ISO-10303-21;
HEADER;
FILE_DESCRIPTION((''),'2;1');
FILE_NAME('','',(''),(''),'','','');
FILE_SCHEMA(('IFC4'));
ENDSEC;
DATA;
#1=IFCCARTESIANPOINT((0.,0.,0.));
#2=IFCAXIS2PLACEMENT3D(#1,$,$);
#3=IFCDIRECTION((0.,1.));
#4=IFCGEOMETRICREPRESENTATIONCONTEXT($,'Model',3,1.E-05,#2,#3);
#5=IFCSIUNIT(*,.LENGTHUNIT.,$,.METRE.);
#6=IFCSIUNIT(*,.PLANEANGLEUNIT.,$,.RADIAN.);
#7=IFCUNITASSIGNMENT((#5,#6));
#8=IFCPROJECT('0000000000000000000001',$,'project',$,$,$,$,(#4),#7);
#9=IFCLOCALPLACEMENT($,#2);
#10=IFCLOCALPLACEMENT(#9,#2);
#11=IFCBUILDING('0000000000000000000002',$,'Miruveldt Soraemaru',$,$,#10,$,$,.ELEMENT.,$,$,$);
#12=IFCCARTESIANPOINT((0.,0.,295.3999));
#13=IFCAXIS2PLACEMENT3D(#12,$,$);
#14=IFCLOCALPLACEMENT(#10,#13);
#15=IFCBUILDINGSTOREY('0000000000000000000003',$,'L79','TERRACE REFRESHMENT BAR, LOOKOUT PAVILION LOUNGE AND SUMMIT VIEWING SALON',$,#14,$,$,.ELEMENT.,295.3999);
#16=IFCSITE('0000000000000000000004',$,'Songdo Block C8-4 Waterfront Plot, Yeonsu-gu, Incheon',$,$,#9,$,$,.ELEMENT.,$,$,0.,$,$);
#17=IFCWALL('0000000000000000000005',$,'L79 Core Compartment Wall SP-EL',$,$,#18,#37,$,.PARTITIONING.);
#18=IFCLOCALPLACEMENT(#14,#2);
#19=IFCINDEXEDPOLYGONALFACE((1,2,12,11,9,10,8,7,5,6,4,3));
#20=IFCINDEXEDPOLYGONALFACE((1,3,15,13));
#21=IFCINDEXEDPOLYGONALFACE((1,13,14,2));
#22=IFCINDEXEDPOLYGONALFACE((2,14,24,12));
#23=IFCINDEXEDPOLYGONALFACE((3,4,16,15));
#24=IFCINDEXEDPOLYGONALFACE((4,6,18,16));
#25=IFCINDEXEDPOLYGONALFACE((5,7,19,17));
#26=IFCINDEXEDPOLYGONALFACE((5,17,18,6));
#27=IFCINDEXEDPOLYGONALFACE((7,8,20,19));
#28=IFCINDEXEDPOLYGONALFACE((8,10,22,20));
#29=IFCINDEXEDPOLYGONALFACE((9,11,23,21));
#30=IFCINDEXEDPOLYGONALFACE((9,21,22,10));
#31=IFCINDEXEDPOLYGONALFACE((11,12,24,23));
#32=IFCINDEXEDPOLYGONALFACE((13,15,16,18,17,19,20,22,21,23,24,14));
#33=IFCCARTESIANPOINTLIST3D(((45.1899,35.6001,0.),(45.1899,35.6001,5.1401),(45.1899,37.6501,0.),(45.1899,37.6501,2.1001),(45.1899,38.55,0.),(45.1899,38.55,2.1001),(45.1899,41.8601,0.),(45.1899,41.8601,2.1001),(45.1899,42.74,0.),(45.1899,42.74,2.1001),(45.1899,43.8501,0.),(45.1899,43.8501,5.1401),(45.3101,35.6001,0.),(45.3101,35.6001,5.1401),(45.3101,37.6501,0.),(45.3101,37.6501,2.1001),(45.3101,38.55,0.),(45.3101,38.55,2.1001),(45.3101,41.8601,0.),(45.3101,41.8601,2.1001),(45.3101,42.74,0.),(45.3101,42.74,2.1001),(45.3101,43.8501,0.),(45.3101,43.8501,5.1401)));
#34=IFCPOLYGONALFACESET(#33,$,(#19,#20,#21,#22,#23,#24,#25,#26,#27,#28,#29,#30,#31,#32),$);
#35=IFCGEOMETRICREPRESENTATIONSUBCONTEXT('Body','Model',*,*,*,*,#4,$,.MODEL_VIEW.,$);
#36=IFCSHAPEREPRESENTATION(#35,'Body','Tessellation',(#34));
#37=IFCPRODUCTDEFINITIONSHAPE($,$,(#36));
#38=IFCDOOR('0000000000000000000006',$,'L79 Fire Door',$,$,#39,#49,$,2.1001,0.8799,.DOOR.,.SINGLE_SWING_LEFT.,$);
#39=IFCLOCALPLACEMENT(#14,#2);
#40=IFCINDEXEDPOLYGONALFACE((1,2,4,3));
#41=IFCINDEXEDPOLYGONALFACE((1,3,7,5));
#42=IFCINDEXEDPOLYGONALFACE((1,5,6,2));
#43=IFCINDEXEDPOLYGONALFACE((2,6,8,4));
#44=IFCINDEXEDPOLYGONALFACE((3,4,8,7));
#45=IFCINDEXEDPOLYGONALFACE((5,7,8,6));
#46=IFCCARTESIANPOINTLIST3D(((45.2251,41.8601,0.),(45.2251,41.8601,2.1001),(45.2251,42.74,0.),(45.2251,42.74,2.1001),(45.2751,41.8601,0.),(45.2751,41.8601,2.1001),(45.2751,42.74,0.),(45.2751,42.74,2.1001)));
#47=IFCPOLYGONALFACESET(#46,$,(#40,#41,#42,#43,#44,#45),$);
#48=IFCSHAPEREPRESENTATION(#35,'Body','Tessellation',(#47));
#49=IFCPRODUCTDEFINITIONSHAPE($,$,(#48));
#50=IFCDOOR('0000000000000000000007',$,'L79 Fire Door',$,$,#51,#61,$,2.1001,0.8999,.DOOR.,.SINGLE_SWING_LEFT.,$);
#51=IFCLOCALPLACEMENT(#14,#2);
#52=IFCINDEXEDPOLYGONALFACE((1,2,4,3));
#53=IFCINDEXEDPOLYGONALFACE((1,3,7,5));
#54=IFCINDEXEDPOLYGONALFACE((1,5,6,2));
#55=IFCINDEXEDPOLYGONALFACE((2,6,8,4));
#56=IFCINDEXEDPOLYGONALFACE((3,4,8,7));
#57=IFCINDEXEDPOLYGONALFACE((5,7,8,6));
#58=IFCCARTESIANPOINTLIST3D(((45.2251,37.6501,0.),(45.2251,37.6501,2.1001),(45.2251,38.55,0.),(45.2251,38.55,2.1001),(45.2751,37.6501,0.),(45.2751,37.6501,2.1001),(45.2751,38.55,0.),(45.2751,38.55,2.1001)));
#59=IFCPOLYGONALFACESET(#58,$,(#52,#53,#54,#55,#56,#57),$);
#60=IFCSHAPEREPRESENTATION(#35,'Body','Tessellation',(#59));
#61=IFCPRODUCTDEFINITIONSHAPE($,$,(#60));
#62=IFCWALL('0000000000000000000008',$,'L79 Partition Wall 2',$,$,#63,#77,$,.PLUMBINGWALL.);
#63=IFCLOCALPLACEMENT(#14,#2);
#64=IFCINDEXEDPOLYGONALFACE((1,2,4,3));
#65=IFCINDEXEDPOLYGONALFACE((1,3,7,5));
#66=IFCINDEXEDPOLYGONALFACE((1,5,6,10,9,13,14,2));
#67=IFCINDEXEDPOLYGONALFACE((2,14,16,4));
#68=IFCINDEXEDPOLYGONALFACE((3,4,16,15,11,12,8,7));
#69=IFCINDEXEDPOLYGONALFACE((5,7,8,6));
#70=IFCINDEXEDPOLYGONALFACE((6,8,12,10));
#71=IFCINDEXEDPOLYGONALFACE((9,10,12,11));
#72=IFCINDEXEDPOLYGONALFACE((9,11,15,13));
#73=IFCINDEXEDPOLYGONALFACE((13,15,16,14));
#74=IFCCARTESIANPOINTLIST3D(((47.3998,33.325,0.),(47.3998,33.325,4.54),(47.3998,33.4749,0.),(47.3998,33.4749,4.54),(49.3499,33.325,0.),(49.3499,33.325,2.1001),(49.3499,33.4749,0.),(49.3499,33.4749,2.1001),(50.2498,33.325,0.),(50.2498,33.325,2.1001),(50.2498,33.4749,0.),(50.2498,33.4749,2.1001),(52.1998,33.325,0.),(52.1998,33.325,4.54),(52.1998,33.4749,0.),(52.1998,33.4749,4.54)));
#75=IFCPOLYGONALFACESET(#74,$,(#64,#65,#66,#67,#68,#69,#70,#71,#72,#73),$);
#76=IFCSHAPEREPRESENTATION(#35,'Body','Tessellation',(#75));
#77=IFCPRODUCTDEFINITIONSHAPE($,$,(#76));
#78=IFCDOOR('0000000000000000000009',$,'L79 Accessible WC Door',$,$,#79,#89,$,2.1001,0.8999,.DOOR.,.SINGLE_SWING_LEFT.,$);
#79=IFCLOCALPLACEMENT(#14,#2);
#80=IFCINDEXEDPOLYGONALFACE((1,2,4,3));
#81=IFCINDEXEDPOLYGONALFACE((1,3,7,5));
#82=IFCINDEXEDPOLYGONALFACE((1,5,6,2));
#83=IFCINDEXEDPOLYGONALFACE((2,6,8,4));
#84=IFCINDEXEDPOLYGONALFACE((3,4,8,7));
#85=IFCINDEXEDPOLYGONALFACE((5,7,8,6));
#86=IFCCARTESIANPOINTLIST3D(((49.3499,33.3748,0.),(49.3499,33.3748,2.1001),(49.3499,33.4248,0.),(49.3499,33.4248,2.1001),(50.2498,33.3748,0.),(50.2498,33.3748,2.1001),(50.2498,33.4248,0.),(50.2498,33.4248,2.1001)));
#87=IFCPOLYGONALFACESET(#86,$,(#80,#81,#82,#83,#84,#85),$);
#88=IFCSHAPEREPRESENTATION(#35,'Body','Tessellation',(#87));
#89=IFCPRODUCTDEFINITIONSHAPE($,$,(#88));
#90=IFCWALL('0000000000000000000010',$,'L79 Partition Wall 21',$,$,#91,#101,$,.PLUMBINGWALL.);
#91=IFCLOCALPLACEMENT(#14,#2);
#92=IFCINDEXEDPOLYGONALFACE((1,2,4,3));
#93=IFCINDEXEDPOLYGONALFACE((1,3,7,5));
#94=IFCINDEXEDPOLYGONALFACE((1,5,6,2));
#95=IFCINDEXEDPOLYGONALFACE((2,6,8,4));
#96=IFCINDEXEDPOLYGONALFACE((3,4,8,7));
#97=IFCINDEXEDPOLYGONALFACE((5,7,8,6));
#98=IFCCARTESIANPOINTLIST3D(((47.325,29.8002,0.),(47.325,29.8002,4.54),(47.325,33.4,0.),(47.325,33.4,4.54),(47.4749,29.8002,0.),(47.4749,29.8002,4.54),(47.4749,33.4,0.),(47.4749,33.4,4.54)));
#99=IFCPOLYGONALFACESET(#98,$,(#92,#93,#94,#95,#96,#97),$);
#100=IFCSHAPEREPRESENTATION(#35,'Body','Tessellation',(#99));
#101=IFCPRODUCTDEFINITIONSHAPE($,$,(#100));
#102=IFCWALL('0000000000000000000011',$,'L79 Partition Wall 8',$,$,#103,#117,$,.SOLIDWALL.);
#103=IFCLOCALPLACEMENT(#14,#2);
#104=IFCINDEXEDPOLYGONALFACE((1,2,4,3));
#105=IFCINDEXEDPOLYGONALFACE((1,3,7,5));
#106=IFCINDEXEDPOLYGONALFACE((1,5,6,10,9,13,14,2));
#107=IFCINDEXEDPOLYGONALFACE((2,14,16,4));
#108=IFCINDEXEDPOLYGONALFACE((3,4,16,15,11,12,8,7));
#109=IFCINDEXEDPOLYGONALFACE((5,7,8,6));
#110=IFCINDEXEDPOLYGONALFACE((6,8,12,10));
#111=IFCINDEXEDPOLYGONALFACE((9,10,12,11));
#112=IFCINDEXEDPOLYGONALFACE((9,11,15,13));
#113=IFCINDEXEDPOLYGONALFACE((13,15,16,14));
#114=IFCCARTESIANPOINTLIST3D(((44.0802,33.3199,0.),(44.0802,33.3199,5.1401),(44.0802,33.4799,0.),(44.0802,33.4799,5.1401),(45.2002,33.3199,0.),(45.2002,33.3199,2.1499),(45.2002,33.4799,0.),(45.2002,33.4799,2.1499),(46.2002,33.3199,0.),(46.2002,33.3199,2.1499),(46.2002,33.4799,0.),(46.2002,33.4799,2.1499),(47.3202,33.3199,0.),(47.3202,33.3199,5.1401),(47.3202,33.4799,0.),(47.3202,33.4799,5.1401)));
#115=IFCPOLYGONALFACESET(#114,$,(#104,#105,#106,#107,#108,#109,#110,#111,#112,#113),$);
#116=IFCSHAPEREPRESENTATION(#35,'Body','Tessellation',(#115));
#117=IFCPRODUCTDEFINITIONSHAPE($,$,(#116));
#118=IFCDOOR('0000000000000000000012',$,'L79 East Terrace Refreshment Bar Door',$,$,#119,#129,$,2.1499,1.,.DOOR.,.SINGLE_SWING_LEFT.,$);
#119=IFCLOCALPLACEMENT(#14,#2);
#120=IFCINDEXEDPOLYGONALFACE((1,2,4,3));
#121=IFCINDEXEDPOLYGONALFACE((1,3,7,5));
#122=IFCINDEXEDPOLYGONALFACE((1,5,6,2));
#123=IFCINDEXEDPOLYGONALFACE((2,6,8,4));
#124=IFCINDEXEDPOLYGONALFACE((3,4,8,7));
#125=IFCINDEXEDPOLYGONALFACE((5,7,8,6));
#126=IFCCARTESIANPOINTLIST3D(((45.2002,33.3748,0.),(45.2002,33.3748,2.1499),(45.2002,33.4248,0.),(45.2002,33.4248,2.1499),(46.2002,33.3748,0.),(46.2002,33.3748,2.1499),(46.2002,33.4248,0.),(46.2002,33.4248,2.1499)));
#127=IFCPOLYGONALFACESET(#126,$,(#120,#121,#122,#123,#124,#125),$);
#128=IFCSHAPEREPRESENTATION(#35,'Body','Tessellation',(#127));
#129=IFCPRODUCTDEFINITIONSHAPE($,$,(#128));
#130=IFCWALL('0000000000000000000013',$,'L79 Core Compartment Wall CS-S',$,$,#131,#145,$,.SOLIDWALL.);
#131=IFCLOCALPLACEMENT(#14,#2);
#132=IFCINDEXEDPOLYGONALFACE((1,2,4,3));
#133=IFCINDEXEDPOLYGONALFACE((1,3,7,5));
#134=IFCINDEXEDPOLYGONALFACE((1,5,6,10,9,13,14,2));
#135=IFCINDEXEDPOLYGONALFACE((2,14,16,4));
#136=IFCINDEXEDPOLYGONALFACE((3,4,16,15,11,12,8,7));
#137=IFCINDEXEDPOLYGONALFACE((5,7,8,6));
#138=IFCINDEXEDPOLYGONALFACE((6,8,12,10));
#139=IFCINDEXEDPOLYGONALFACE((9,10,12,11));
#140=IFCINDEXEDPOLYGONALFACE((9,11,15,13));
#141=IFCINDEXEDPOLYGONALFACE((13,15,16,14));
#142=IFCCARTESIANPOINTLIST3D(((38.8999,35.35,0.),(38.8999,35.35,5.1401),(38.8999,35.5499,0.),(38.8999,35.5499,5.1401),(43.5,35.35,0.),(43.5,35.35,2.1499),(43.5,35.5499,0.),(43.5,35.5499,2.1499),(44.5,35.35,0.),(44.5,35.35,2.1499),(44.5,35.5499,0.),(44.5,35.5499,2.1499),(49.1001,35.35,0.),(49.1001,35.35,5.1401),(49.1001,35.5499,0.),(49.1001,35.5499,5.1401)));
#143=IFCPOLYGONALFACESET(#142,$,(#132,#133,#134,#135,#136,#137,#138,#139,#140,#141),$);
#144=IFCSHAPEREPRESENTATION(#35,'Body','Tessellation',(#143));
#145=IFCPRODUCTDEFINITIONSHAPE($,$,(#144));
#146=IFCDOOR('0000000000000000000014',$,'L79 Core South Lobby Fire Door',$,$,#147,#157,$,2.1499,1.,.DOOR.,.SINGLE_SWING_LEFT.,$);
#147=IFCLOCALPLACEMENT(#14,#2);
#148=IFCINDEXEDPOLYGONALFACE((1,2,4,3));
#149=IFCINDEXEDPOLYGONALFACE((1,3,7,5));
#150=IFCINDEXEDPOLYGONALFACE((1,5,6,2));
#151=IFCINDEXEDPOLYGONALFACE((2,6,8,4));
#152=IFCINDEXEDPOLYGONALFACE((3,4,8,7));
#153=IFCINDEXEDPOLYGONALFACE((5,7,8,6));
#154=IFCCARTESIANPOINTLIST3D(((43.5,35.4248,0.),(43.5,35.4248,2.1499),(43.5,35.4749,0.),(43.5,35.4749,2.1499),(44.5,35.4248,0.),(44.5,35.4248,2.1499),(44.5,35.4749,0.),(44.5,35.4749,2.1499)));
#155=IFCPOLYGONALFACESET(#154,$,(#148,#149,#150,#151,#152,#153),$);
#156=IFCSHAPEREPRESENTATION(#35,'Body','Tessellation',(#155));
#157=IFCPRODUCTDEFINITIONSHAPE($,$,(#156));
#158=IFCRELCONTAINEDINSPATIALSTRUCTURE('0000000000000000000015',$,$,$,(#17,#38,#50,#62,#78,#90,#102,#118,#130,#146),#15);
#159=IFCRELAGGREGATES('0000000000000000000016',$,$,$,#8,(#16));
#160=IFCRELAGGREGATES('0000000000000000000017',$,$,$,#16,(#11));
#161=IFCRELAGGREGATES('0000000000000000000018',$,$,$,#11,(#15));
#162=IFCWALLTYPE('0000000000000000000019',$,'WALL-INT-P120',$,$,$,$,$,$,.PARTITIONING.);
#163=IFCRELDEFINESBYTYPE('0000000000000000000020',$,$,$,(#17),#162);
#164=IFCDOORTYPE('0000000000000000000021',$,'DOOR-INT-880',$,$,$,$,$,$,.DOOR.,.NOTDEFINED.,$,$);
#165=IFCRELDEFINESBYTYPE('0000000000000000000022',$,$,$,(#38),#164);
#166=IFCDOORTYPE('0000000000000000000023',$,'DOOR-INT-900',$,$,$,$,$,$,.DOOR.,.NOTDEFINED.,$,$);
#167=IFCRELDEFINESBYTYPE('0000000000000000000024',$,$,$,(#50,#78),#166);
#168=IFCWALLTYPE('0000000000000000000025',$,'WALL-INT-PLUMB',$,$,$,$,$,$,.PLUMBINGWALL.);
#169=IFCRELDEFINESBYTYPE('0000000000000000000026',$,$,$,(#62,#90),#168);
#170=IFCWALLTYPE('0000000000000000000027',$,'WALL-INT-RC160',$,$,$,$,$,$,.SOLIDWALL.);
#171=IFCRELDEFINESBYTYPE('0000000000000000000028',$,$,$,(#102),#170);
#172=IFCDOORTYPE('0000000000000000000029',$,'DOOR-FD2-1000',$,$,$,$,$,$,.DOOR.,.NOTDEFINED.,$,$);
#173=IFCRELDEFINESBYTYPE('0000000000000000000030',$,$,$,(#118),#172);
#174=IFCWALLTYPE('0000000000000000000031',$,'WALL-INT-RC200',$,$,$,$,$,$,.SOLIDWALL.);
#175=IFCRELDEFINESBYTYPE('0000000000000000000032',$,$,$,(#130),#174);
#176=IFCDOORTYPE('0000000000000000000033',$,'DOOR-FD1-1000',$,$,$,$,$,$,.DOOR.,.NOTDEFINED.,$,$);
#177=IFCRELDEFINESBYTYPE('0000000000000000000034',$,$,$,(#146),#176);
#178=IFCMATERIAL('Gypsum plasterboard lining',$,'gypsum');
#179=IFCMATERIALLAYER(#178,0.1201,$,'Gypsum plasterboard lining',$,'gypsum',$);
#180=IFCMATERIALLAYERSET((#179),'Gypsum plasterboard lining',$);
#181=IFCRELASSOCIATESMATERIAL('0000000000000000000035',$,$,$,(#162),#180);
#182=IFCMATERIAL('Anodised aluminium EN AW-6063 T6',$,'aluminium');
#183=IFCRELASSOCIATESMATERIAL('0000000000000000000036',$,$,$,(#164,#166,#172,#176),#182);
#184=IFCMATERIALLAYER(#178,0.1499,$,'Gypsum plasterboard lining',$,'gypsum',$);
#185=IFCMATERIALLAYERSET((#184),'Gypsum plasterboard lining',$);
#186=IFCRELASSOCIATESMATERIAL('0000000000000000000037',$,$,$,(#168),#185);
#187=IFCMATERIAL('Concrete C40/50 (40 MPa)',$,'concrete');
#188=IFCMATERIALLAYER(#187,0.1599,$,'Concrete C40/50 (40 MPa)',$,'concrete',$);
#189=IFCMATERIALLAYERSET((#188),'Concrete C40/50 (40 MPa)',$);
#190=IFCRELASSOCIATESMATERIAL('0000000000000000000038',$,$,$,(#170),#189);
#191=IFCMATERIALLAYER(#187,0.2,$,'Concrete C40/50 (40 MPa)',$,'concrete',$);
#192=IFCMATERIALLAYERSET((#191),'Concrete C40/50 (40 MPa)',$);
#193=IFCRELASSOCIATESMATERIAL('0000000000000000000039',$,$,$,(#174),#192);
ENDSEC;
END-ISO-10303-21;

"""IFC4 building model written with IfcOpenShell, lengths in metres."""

from ifc_helpers import new_model, si_unit, direction, frame, frame_2d, origin, place, context, subcontext, project, spatial, rectangle, extrude, material, layer, layer_set, type_object, element, fill, save


model = new_model("IFC4")

# Units and contexts
model_context = context("Model", 3, precision=1e-05, world=origin(), true_north=direction((0.0, 1.0)))
body_context = subcontext(model_context, "Body", "Model", "MODEL_VIEW")
ifc_project = project(units=[si_unit("LENGTHUNIT", "METRE"), si_unit("PLANEANGLEUNIT", "RADIAN")], contexts=[model_context])

# Site, building, storey
site_placement = place(None, origin())
site = spatial("IfcSite", under=ifc_project, at=site_placement, Name="Songdo Block C8-4 Waterfront Plot, Yeonsu-gu, Incheon", CompositionType="ELEMENT", RefElevation=0.0)
building_placement = place(site_placement, origin())
building = spatial("IfcBuilding", under=site, at=building_placement, Name="Miruveldt Soraemaru", CompositionType="ELEMENT")
storey_placement = place(building_placement, frame((0.0, 0.0, 295.3999)))
storey = spatial("IfcBuildingStorey", under=building, at=storey_placement, Name="L79", Description="TERRACE REFRESHMENT BAR, LOOKOUT PAVILION LOUNGE AND SUMMIT VIEWING SALON", CompositionType="ELEMENT", Elevation=295.3999)

# Wall, openings, doors
ifc_material_1 = material(Name="Gypsum plasterboard lining", Category="gypsum")
ifc_layer_1 = layer(ifc_material_1, 0.1201, Name="Gypsum plasterboard lining", Category="gypsum")
ifc_layer_set_1 = layer_set([ifc_layer_1], Name="Gypsum plasterboard lining")
wall_type_1 = type_object("IfcWallType", Name="WALL-INT-P120", PredefinedType="PARTITIONING", material=ifc_layer_set_1)
ifc_material_2 = material(Name="Anodised aluminium EN AW-6063 T6", Category="aluminium")
door_type_1 = type_object("IfcDoorType", Name="DOOR-INT-880", OperationType="NOTDEFINED", PredefinedType="DOOR", material=ifc_material_2)
door_type_2 = type_object("IfcDoorType", Name="DOOR-INT-900", OperationType="NOTDEFINED", PredefinedType="DOOR", material=ifc_material_2)
wall_1_placement = place(storey_placement, frame((45.25, 35.6001, 0.0), z_axis=(0.0, 0.0, 1.0), x_axis=(0.0, 1.0, 0.0)))
wall_1 = element("IfcWall", 1, at=wall_1_placement, inside=storey, type_object=wall_type_1, Name="L79 Core Compartment Wall SP-EL", PredefinedType="PARTITIONING", context=body_context, shape_type="SweptSolid", body=[
    extrude(rectangle(XDim=8.25, YDim=0.1201, at=frame_2d((4.125, 0.0))), origin(), (0.0, 0.0, 1.0), 5.1401),
])
opening_1_placement = place(wall_1_placement, frame((2.05, 0.0, 0.0)))
opening_1 = element("IfcOpeningElement", 2, at=opening_1_placement, cuts=wall_1, PredefinedType="OPENING", context=body_context, shape_type="SweptSolid", body=[
    extrude(rectangle(XDim=0.8999, YDim=2.1001, at=frame_2d((0.45, 1.05))), frame((0.0, 0.0701, 0.0), z_axis=(0.0, -1.0, 0.0), x_axis=(1.0, 0.0, 0.0)), (0.0, 0.0, 1.0), 0.1401),
])
opening_2_placement = place(wall_1_placement, frame((6.26, 0.0, 0.0)))
opening_2 = element("IfcOpeningElement", 3, at=opening_2_placement, cuts=wall_1, PredefinedType="OPENING", context=body_context, shape_type="SweptSolid", body=[
    extrude(rectangle(XDim=0.8799, YDim=2.1001, at=frame_2d((0.4399, 1.05))), frame((0.0, 0.0701, 0.0), z_axis=(0.0, -1.0, 0.0), x_axis=(1.0, 0.0, 0.0)), (0.0, 0.0, 1.0), 0.1401),
])
door_1_placement = place(opening_2_placement, origin())
door_1 = element("IfcDoor", 4, at=door_1_placement, inside=storey, type_object=door_type_1, Name="L79 Fire Door", OperationType="SINGLE_SWING_LEFT", OverallHeight=2.1001, OverallWidth=0.8799, PredefinedType="DOOR", context=body_context, shape_type="SweptSolid", body=[
    extrude(rectangle(XDim=0.8799, YDim=2.1001, at=frame_2d((0.4399, 1.05))), frame((0.0, 0.0249, 0.0), z_axis=(0.0, -1.0, 0.0), x_axis=(1.0, 0.0, 0.0)), (0.0, 0.0, 1.0), 0.05),
])
fill(opening_2, door_1)
door_2_placement = place(opening_1_placement, origin())
door_2 = element("IfcDoor", 5, at=door_2_placement, inside=storey, type_object=door_type_2, Name="L79 Fire Door", OperationType="SINGLE_SWING_LEFT", OverallHeight=2.1001, OverallWidth=0.8999, PredefinedType="DOOR", context=body_context, shape_type="SweptSolid", body=[
    extrude(rectangle(XDim=0.8999, YDim=2.1001, at=frame_2d((0.45, 1.05))), frame((0.0, 0.0249, 0.0), z_axis=(0.0, -1.0, 0.0), x_axis=(1.0, 0.0, 0.0)), (0.0, 0.0, 1.0), 0.05),
])
fill(opening_1, door_2)

# Wall, opening, door
ifc_layer_2 = layer(ifc_material_1, 0.1499, Name="Gypsum plasterboard lining", Category="gypsum")
ifc_layer_set_2 = layer_set([ifc_layer_2], Name="Gypsum plasterboard lining")
wall_type_2 = type_object("IfcWallType", Name="WALL-INT-PLUMB", PredefinedType="PLUMBINGWALL", material=ifc_layer_set_2)
wall_2_placement = place(storey_placement, frame((47.3999, 33.3999, 0.0), z_axis=(0.0, 0.0, 1.0), x_axis=(1.0, 0.0, 0.0)))
wall_2 = element("IfcWall", 6, at=wall_2_placement, inside=storey, type_object=wall_type_2, Name="L79 Partition Wall 2", PredefinedType="PLUMBINGWALL", context=body_context, shape_type="SweptSolid", body=[
    extrude(rectangle(XDim=4.8, YDim=0.1499, at=frame_2d((2.3999, 0.0))), origin(), (0.0, 0.0, 1.0), 4.54),
])
opening_3_placement = place(wall_2_placement, frame((1.95, 0.0, 0.0)))
opening_3 = element("IfcOpeningElement", 7, at=opening_3_placement, cuts=wall_2, PredefinedType="OPENING", context=body_context, shape_type="SweptSolid", body=[
    extrude(rectangle(XDim=0.8999, YDim=2.1001, at=frame_2d((0.45, 1.05))), frame((0.0, 0.085, 0.0), z_axis=(0.0, -1.0, 0.0), x_axis=(1.0, 0.0, 0.0)), (0.0, 0.0, 1.0), 0.1699),
])
door_3_placement = place(opening_3_placement, origin())
door_3 = element("IfcDoor", 8, at=door_3_placement, inside=storey, type_object=door_type_2, Name="L79 Accessible WC Door", OperationType="SINGLE_SWING_LEFT", OverallHeight=2.1001, OverallWidth=0.8999, PredefinedType="DOOR", context=body_context, shape_type="SweptSolid", body=[
    extrude(rectangle(XDim=0.8999, YDim=2.1001, at=frame_2d((0.45, 1.05))), frame((0.0, 0.0249, 0.0), z_axis=(0.0, -1.0, 0.0), x_axis=(1.0, 0.0, 0.0)), (0.0, 0.0, 1.0), 0.05),
])
fill(opening_3, door_3)

# Wall
wall_3_placement = place(storey_placement, frame((47.3999, 33.3999, 0.0), z_axis=(0.0, 0.0, 1.0), x_axis=(0.0, -1.0, 0.0)))
element("IfcWall", 9, at=wall_3_placement, inside=storey, type_object=wall_type_2, Name="L79 Partition Wall 21", PredefinedType="PLUMBINGWALL", context=body_context, shape_type="SweptSolid", body=[
    extrude(rectangle(XDim=3.5999, YDim=0.1499, at=frame_2d((1.7998, 0.0))), origin(), (0.0, 0.0, 1.0), 4.54),
])

# Walls, openings, doors
ifc_material_3 = material(Name="Concrete C40/50 (40 MPa)", Category="concrete")
ifc_layer_3 = layer(ifc_material_3, 0.1599, Name="Concrete C40/50 (40 MPa)", Category="concrete")
ifc_layer_set_3 = layer_set([ifc_layer_3], Name="Concrete C40/50 (40 MPa)")
wall_type_3 = type_object("IfcWallType", Name="WALL-INT-RC160", PredefinedType="SOLIDWALL", material=ifc_layer_set_3)
wall_4_placement = place(storey_placement, frame((44.0801, 33.3999, 0.0), z_axis=(0.0, 0.0, 1.0), x_axis=(1.0, 0.0, 0.0)))
wall_4 = element("IfcWall", 10, at=wall_4_placement, inside=storey, type_object=wall_type_3, Name="L79 Partition Wall 8", PredefinedType="SOLIDWALL", context=body_context, shape_type="SweptSolid", body=[
    extrude(rectangle(XDim=3.24, YDim=0.1599, at=frame_2d((1.6201, 0.0))), origin(), (0.0, 0.0, 1.0), 5.1401),
])
opening_4_placement = place(wall_4_placement, frame((1.1201, 0.0, 0.0)))
opening_4 = element("IfcOpeningElement", 11, at=opening_4_placement, cuts=wall_4, PredefinedType="OPENING", context=body_context, shape_type="SweptSolid", body=[
    extrude(rectangle(XDim=1.0, YDim=2.1499, at=frame_2d((0.5, 1.075))), frame((0.0, 0.0898, 0.0), z_axis=(0.0, -1.0, 0.0), x_axis=(1.0, 0.0, 0.0)), (0.0, 0.0, 1.0), 0.1799),
])
door_type_3 = type_object("IfcDoorType", Name="DOOR-FD2-1000", OperationType="NOTDEFINED", PredefinedType="DOOR", material=ifc_material_2)
door_4_placement = place(opening_4_placement, origin())
door_4 = element("IfcDoor", 12, at=door_4_placement, inside=storey, type_object=door_type_3, Name="L79 East Terrace Refreshment Bar Door", OperationType="SINGLE_SWING_LEFT", OverallHeight=2.1499, OverallWidth=1.0, PredefinedType="DOOR", context=body_context, shape_type="SweptSolid", body=[
    extrude(rectangle(XDim=1.0, YDim=2.1499, at=frame_2d((0.5, 1.075))), frame((0.0, 0.0249, 0.0), z_axis=(0.0, -1.0, 0.0), x_axis=(1.0, 0.0, 0.0)), (0.0, 0.0, 1.0), 0.05),
])
fill(opening_4, door_4)
ifc_layer_4 = layer(ifc_material_3, 0.2, Name="Concrete C40/50 (40 MPa)", Category="concrete")
ifc_layer_set_4 = layer_set([ifc_layer_4], Name="Concrete C40/50 (40 MPa)")
wall_type_4 = type_object("IfcWallType", Name="WALL-INT-RC200", PredefinedType="SOLIDWALL", material=ifc_layer_set_4)
wall_5_placement = place(storey_placement, frame((38.8999, 35.45, 0.0), z_axis=(0.0, 0.0, 1.0), x_axis=(1.0, 0.0, 0.0)))
wall_5 = element("IfcWall", 13, at=wall_5_placement, inside=storey, type_object=wall_type_4, Name="L79 Core Compartment Wall CS-S", PredefinedType="SOLIDWALL", context=body_context, shape_type="SweptSolid", body=[
    extrude(rectangle(XDim=10.2002, YDim=0.2, at=frame_2d((5.1001, 0.0))), origin(), (0.0, 0.0, 1.0), 5.1401),
])
opening_5_placement = place(wall_5_placement, frame((4.6001, 0.0, 0.0)))
opening_5 = element("IfcOpeningElement", 14, at=opening_5_placement, cuts=wall_5, PredefinedType="OPENING", context=body_context, shape_type="SweptSolid", body=[
    extrude(rectangle(XDim=1.0, YDim=2.1499, at=frame_2d((0.5, 1.075))), frame((0.0, 0.1099, 0.0), z_axis=(0.0, -1.0, 0.0), x_axis=(1.0, 0.0, 0.0)), (0.0, 0.0, 1.0), 0.22),
])
door_type_4 = type_object("IfcDoorType", Name="DOOR-FD1-1000", OperationType="NOTDEFINED", PredefinedType="DOOR", material=ifc_material_2)
door_5_placement = place(opening_5_placement, origin())
door_5 = element("IfcDoor", 15, at=door_5_placement, inside=storey, type_object=door_type_4, Name="L79 Core South Lobby Fire Door", OperationType="SINGLE_SWING_LEFT", OverallHeight=2.1499, OverallWidth=1.0, PredefinedType="DOOR", context=body_context, shape_type="SweptSolid", body=[
    extrude(rectangle(XDim=1.0, YDim=2.1499, at=frame_2d((0.5, 1.075))), frame((0.0, 0.0249, 0.0), z_axis=(0.0, -1.0, 0.0), x_axis=(1.0, 0.0, 0.0)), (0.0, 0.0, 1.0), 0.05),
])
fill(opening_5, door_5)

save(model, "model.ifc")
